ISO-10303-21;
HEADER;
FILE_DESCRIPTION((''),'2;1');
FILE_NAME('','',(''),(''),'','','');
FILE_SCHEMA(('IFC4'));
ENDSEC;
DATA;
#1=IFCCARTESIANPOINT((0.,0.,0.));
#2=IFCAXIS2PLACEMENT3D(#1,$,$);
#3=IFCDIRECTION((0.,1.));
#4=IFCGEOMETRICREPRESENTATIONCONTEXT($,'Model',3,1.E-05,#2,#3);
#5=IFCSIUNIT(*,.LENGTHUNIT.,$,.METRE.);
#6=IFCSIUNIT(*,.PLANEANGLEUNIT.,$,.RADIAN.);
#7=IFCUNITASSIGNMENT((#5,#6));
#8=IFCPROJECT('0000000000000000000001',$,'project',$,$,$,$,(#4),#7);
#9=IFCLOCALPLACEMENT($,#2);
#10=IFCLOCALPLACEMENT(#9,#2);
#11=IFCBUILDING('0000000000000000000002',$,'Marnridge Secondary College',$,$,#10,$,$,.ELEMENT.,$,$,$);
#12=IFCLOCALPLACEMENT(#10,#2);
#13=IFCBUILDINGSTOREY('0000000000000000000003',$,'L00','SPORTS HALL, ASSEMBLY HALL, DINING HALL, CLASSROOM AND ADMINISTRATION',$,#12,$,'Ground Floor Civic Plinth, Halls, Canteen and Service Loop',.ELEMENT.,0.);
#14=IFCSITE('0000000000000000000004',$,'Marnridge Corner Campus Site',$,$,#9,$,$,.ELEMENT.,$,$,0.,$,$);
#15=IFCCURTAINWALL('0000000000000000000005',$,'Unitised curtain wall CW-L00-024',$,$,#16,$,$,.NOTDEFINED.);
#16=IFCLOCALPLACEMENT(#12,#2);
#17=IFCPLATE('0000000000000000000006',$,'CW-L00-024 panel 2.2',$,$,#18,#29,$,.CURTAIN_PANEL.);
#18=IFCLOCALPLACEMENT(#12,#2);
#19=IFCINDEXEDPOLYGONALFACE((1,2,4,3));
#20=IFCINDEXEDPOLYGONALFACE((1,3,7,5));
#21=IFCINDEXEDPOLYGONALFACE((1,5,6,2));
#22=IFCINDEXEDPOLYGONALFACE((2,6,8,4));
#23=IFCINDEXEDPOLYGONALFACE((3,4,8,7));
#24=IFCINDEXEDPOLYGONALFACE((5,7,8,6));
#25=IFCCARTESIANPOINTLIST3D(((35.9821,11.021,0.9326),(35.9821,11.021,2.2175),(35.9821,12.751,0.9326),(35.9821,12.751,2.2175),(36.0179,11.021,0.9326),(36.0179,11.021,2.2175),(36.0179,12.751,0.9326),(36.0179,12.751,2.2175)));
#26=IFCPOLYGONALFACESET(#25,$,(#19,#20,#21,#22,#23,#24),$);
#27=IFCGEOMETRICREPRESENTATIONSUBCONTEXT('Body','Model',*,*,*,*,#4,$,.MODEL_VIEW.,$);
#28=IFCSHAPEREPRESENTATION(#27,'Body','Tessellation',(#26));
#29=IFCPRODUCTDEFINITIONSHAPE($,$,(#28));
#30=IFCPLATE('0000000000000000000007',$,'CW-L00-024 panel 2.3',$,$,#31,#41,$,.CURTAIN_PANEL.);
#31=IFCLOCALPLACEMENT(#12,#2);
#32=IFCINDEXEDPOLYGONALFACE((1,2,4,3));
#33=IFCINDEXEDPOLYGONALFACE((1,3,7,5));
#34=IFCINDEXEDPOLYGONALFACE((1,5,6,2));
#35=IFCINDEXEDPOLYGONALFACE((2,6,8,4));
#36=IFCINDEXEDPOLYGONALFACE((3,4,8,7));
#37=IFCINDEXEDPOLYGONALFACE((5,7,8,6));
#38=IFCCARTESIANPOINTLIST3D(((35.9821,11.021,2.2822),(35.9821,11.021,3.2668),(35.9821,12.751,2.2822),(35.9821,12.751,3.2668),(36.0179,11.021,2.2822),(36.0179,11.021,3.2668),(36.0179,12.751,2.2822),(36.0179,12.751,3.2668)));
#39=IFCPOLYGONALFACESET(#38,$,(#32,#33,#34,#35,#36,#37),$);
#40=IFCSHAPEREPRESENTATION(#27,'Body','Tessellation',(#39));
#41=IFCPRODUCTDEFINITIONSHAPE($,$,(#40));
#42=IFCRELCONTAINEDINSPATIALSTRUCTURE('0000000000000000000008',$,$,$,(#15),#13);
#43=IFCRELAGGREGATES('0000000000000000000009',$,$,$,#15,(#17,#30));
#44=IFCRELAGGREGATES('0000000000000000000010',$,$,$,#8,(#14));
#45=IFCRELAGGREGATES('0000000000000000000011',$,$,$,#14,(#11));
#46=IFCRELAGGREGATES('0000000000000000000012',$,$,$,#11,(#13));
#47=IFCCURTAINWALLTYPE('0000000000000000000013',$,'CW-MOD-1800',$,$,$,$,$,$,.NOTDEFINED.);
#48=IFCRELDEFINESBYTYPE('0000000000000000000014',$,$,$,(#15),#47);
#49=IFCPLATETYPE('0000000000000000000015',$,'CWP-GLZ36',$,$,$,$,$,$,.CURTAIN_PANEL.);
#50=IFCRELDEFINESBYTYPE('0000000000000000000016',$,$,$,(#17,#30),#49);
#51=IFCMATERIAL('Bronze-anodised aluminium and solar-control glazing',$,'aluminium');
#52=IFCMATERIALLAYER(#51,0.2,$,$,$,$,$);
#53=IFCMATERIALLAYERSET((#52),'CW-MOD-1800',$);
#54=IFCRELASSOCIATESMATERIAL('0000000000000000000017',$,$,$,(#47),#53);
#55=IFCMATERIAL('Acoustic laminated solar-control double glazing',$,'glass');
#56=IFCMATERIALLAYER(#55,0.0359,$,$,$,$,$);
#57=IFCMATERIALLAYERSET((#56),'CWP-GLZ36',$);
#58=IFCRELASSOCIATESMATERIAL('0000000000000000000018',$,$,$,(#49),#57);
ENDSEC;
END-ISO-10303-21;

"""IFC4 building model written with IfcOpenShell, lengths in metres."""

from ifc_helpers import new_model, si_unit, direction, frame, origin, origin_2d, place, context, subcontext, project, spatial, rectangle, extrude, material, layer, layer_set, type_object, element, aggregate, save


model = new_model("IFC4")

# Units and contexts
model_context = context("Model", 3, precision=1e-05, world=origin(), true_north=direction((0.0, 1.0)))
body_context = subcontext(model_context, "Body", "Model", "MODEL_VIEW")
ifc_project = project(units=[si_unit("LENGTHUNIT", "METRE"), si_unit("PLANEANGLEUNIT", "RADIAN")], contexts=[model_context])

# Site, building, storey
site_placement = place(None, origin())
site = spatial("IfcSite", under=ifc_project, at=site_placement, Name="Marnridge Corner Campus Site", CompositionType="ELEMENT", RefElevation=0.0)
building_placement = place(site_placement, origin())
building = spatial("IfcBuilding", under=site, at=building_placement, Name="Marnridge Secondary College", CompositionType="ELEMENT")
storey_placement = place(building_placement, origin())
storey = spatial("IfcBuildingStorey", under=building, at=storey_placement, Name="L00", Description="SPORTS HALL, ASSEMBLY HALL, DINING HALL, CLASSROOM AND ADMINISTRATION", LongName="Ground Floor Civic Plinth, Halls, Canteen and Service Loop", CompositionType="ELEMENT", Elevation=0.0)

# Curtain wall, plates
ifc_material_1 = material(Name="Bronze-anodised aluminium and solar-control glazing", Category="aluminium")
ifc_layer_1 = layer(ifc_material_1, 0.2)
ifc_layer_set_1 = layer_set([ifc_layer_1], Name="CW-MOD-1800")
curtain_wall_type = type_object("IfcCurtainWallType", Name="CW-MOD-1800", PredefinedType="NOTDEFINED", material=ifc_layer_set_1)
curtain_wall_placement = place(storey_placement, origin())
curtain_wall = element("IfcCurtainWall", 1, at=curtain_wall_placement, inside=storey, type_object=curtain_wall_type, Name="Unitised curtain wall CW-L00-024", PredefinedType="NOTDEFINED")
ifc_material_2 = material(Name="Acoustic laminated solar-control double glazing", Category="glass")
ifc_layer_2 = layer(ifc_material_2, 0.0359)
ifc_layer_set_2 = layer_set([ifc_layer_2], Name="CWP-GLZ36")
plate_type = type_object("IfcPlateType", Name="CWP-GLZ36", PredefinedType="CURTAIN_PANEL", material=ifc_layer_set_2)
plate_1_placement = place(storey_placement, frame((36.0, 11.886, 0.9326), z_axis=(0.0, 0.0, 1.0), x_axis=(0.0, -1.0, 0.0)))
plate_1 = element("IfcPlate", 2, at=plate_1_placement, type_object=plate_type, Name="CW-L00-024 panel 2.2", PredefinedType="CURTAIN_PANEL", context=body_context, shape_type="SweptSolid", body=[
    extrude(rectangle(XDim=1.73, YDim=0.0359, at=origin_2d()), origin(), (0.0, 0.0, 1.0), 1.2849),
])
plate_2_placement = place(storey_placement, frame((36.0, 11.886, 2.2822), z_axis=(0.0, 0.0, 1.0), x_axis=(0.0, -1.0, 0.0)))
plate_2 = element("IfcPlate", 3, at=plate_2_placement, type_object=plate_type, Name="CW-L00-024 panel 2.3", PredefinedType="CURTAIN_PANEL", context=body_context, shape_type="SweptSolid", body=[
    extrude(rectangle(XDim=1.73, YDim=0.0359, at=origin_2d()), origin(), (0.0, 0.0, 1.0), 0.9846),
])
aggregate(curtain_wall, [plate_1, plate_2])

save(model, "model.ifc")
